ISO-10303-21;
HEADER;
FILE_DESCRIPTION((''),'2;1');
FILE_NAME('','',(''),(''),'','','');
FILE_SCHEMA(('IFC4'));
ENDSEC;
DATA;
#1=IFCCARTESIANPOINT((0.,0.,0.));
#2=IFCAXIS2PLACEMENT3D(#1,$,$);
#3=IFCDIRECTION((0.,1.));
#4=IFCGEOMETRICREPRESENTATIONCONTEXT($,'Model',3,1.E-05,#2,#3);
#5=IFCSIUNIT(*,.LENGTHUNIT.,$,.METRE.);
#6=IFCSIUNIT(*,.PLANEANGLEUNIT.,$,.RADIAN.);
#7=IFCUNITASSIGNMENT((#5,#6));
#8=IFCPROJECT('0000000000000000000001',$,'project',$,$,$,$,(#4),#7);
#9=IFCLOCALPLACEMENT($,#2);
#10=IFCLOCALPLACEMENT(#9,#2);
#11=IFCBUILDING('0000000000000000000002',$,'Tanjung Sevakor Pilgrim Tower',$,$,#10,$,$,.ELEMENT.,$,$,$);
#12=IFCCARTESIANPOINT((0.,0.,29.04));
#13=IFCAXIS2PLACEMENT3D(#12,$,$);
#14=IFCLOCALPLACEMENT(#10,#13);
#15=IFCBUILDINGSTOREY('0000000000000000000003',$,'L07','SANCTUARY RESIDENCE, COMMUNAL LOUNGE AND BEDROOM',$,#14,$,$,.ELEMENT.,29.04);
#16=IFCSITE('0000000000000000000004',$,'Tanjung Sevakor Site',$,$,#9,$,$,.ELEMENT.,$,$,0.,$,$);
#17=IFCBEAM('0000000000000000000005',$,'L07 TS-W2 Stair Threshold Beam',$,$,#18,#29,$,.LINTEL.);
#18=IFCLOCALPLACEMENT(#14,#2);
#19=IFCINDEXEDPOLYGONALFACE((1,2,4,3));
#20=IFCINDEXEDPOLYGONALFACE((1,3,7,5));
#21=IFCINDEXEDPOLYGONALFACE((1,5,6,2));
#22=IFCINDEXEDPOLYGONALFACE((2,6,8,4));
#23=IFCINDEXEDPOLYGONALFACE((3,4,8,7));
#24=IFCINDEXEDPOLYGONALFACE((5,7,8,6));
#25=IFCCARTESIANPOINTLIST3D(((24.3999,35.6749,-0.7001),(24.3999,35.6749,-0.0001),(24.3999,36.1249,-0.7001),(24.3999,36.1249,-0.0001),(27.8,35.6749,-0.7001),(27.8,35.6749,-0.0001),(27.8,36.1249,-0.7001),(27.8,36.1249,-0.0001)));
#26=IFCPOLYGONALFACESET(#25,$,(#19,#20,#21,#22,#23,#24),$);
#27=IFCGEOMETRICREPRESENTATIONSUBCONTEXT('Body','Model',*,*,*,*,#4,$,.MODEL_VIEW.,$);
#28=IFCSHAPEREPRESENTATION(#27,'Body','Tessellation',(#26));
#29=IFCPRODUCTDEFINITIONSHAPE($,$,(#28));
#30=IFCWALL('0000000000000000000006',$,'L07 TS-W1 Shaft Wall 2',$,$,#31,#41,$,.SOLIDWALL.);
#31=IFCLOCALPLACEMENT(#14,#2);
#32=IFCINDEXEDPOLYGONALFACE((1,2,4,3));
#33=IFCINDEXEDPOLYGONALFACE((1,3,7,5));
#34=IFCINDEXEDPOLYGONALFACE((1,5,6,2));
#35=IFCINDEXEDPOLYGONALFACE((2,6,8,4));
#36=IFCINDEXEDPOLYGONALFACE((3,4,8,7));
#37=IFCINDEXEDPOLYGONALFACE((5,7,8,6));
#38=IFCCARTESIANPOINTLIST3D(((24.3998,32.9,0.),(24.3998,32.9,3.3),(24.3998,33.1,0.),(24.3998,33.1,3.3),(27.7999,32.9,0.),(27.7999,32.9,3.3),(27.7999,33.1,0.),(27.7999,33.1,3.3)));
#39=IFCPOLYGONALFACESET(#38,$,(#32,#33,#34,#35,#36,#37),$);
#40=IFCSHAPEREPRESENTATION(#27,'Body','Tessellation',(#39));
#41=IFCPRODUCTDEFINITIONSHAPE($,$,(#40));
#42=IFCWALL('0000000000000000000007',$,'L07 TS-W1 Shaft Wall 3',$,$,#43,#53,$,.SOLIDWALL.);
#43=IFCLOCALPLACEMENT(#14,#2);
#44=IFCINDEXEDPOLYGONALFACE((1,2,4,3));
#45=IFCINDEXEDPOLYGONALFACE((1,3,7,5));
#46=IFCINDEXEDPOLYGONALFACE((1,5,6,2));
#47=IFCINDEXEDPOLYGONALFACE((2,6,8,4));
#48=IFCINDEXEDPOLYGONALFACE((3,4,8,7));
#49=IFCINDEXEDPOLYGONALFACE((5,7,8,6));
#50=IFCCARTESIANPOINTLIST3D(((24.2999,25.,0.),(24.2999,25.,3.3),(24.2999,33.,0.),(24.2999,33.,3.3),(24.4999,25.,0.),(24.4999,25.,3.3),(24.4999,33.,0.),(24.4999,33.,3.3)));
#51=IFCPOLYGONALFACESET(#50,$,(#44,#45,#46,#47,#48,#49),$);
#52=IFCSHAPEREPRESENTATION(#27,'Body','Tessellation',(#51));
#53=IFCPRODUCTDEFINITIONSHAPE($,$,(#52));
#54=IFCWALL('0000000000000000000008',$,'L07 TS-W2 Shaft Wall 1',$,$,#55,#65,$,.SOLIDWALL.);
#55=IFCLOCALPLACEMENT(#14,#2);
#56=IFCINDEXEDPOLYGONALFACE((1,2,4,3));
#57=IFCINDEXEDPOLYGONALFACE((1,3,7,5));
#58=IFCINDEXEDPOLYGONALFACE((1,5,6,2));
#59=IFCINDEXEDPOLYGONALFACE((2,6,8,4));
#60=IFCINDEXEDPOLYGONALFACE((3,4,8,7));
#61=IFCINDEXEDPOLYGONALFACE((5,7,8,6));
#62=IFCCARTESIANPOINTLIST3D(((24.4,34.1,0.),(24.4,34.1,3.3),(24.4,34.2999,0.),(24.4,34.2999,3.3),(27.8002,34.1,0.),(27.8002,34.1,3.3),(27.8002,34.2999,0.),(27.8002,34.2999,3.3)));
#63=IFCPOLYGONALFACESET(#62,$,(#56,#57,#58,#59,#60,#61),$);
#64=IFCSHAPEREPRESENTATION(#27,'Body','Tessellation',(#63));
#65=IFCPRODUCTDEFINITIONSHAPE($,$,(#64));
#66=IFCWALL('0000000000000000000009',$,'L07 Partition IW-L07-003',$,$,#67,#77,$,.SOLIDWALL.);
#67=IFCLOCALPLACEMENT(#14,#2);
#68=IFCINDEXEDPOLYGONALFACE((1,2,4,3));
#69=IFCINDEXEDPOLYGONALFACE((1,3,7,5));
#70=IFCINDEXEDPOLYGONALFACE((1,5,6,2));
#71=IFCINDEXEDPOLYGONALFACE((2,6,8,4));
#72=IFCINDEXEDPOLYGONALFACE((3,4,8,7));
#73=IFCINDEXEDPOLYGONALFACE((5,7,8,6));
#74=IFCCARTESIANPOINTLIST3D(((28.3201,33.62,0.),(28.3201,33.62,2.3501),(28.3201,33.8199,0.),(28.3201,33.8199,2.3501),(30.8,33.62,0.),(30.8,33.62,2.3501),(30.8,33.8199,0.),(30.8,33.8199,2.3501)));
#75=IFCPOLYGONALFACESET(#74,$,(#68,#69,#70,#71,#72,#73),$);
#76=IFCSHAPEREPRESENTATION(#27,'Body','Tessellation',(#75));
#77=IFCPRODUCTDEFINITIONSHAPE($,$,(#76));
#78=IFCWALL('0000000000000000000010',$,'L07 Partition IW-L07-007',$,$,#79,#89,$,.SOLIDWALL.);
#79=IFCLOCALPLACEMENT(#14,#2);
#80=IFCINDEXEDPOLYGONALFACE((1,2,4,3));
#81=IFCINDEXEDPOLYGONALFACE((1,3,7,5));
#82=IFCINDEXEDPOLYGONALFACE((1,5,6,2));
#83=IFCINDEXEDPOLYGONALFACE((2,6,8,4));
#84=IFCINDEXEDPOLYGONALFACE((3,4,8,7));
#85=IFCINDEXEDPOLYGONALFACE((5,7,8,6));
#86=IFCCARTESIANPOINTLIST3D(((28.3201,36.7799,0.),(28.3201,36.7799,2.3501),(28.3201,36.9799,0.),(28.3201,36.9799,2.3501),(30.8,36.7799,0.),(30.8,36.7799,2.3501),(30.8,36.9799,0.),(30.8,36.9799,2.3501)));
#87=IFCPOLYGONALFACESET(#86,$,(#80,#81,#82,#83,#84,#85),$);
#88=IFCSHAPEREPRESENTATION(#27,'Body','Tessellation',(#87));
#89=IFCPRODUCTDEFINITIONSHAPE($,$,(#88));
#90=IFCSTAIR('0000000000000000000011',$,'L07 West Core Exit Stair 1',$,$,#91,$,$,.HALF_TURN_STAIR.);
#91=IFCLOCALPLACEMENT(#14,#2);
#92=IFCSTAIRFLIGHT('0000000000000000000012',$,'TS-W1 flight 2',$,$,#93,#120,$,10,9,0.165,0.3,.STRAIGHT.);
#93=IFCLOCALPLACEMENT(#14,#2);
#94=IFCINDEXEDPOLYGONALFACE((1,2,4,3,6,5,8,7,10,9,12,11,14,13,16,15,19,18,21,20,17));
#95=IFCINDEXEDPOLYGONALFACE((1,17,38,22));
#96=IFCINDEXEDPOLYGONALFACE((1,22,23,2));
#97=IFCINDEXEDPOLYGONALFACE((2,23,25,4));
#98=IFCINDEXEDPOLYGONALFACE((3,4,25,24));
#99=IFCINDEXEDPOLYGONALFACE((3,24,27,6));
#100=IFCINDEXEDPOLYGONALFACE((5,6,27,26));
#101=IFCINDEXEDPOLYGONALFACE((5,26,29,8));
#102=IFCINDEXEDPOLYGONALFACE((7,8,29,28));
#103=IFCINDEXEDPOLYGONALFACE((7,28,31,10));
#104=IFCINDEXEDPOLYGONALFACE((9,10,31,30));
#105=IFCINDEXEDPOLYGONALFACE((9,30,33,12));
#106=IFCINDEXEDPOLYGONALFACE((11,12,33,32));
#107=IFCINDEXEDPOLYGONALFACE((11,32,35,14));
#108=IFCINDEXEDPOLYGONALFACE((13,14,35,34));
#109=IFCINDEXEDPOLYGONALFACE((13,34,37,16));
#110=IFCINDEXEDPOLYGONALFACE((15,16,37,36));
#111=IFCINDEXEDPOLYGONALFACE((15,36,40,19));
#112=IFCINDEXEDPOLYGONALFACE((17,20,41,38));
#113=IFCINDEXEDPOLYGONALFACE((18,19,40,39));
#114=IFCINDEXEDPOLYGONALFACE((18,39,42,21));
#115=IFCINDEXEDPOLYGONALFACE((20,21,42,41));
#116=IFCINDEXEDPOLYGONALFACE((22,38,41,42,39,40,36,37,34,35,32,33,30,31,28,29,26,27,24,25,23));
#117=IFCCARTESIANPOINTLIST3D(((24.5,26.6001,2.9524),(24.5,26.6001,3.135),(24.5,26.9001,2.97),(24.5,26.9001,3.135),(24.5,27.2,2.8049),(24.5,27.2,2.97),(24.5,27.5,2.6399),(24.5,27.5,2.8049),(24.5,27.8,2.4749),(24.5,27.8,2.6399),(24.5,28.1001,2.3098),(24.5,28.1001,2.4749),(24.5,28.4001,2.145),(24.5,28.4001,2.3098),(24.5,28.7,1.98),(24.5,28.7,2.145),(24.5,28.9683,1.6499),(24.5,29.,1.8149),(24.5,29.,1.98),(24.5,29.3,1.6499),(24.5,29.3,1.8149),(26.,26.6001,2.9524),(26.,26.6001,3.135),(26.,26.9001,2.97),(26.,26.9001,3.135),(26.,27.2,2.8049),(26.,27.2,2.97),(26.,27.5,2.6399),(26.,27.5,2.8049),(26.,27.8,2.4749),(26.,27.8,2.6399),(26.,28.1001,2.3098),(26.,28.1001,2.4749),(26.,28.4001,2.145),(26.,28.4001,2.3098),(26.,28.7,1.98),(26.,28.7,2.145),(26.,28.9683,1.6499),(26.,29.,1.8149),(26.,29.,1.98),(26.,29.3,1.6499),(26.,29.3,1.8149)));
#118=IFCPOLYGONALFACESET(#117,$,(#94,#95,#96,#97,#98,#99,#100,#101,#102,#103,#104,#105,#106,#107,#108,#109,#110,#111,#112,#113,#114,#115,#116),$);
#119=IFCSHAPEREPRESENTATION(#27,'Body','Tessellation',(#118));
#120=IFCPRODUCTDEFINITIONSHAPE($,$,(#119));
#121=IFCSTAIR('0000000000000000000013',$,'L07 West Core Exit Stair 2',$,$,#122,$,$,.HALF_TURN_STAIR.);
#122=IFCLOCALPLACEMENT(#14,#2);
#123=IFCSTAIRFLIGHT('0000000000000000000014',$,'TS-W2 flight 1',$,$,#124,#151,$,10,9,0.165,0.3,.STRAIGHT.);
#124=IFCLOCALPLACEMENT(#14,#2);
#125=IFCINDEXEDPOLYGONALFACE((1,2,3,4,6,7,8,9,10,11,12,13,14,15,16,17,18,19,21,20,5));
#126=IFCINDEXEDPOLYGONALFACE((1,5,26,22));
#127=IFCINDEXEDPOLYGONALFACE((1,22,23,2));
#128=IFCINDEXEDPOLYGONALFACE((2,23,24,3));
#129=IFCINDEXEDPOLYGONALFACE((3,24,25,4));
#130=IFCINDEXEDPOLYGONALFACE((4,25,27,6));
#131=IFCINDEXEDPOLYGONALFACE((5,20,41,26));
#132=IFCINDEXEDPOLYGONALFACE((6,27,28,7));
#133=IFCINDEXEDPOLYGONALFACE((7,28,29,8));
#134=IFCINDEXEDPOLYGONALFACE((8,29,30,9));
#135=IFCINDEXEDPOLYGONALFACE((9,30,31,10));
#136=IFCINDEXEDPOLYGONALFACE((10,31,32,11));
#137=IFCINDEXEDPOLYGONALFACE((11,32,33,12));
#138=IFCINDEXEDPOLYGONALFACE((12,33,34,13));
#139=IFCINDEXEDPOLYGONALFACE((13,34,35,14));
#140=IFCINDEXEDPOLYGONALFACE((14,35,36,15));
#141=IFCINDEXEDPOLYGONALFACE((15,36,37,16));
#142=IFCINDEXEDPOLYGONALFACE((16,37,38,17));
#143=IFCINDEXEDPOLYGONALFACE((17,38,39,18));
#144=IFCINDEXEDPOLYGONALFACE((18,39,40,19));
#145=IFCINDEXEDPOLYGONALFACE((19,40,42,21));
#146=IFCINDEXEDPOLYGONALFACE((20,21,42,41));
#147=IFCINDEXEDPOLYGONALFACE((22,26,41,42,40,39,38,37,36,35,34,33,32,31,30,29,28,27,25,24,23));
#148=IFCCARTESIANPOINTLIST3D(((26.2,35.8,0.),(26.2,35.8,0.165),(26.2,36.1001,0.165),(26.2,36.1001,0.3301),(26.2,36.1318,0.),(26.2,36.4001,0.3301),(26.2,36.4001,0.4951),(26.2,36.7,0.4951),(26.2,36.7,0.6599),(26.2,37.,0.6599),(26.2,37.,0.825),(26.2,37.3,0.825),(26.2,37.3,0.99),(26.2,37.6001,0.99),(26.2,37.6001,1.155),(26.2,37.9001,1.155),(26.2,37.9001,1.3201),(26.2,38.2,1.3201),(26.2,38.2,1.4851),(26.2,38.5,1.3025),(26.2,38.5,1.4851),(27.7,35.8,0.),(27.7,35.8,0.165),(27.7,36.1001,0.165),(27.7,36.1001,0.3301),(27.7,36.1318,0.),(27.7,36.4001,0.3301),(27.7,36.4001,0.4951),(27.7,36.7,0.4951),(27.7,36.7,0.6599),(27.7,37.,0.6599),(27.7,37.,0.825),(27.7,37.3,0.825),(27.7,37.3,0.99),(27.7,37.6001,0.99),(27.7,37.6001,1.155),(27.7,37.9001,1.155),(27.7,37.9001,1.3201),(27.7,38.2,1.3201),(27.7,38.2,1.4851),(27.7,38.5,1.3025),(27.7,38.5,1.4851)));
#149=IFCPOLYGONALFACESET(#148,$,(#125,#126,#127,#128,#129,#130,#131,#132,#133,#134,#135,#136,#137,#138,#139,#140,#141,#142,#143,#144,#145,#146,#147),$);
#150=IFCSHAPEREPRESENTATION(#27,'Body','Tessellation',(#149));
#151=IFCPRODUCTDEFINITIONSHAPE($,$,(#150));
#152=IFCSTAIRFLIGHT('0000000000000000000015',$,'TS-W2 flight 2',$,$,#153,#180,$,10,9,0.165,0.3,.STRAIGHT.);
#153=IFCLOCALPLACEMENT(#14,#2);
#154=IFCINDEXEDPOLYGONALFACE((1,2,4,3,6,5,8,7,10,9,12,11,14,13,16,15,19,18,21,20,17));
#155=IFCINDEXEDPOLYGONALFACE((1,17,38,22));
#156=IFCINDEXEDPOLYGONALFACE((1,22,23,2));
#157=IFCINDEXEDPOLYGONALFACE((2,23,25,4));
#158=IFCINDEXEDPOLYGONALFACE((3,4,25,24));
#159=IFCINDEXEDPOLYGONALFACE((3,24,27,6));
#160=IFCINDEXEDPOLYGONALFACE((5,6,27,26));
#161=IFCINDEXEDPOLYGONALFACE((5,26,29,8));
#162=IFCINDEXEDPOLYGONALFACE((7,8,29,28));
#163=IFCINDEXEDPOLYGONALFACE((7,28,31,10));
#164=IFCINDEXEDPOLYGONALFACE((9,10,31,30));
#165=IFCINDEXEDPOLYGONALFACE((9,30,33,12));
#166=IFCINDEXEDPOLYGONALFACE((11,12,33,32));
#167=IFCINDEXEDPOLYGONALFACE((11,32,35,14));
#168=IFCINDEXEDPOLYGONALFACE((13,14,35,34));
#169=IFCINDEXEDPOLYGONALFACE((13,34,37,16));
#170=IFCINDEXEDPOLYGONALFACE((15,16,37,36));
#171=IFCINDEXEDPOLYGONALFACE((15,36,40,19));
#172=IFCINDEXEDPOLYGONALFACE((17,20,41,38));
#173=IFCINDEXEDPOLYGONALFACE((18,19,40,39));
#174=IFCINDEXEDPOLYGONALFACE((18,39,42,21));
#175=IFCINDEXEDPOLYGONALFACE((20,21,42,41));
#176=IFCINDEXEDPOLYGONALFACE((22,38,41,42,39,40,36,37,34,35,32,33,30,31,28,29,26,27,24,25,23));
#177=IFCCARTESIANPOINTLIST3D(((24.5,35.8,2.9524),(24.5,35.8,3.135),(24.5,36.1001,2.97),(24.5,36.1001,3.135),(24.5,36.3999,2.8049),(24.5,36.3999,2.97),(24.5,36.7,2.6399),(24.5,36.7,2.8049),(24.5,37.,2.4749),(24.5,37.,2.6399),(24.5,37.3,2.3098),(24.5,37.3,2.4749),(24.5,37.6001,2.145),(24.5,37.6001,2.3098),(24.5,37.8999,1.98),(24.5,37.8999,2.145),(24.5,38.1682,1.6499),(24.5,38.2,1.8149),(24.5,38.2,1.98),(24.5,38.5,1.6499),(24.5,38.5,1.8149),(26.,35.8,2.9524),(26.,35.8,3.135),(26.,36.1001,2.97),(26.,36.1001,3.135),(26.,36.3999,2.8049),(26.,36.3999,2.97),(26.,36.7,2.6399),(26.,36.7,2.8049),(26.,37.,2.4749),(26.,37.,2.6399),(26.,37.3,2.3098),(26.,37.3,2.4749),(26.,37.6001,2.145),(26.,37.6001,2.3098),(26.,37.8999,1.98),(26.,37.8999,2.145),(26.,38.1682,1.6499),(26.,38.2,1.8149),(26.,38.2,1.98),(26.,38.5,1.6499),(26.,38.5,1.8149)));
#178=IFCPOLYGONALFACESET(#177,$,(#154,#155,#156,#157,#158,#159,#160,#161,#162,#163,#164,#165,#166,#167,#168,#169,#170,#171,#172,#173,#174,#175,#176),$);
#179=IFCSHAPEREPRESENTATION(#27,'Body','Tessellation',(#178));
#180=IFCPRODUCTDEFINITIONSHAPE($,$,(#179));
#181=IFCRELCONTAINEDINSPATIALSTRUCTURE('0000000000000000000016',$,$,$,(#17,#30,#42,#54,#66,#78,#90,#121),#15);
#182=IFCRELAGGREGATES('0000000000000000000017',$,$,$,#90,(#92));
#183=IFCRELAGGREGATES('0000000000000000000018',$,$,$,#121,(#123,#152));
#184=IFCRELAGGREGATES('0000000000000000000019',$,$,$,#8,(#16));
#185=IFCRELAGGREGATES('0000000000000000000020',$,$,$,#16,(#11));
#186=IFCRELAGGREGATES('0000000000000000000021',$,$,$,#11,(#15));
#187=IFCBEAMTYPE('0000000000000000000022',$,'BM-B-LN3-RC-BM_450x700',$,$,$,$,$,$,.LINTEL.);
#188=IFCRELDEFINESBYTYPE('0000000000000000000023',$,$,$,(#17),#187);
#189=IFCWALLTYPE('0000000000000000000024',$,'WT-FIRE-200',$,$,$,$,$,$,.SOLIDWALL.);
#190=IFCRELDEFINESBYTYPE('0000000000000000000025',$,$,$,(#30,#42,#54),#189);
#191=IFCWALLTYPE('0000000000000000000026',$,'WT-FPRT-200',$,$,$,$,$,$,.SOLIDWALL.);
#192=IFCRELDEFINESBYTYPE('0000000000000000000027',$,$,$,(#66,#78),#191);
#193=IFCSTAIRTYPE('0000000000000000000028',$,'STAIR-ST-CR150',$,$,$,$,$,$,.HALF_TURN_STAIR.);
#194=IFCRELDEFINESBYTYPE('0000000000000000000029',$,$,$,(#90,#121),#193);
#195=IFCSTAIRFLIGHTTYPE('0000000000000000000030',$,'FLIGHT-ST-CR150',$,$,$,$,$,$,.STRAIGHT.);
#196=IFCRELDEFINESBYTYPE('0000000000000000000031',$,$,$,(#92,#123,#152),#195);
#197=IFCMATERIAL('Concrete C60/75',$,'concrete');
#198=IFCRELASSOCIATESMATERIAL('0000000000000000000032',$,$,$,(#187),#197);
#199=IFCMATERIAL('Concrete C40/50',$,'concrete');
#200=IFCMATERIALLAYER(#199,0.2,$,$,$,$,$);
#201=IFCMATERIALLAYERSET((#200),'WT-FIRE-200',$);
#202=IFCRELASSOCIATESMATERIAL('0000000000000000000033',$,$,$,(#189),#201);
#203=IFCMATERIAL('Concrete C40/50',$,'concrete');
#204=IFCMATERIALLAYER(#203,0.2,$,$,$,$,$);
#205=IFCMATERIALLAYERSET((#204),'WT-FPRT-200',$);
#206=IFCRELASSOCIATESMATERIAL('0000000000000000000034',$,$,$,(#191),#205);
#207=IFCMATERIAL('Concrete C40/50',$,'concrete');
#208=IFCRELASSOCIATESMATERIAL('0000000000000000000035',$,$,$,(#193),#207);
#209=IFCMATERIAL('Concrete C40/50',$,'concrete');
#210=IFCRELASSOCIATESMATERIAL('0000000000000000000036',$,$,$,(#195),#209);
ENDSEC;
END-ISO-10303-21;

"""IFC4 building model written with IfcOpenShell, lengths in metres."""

from ifc_helpers import new_model, si_unit, direction, frame, frame_2d, origin, origin_2d, place, context, subcontext, project, spatial, polyline, rectangle, outline, extrude, material, layer, layer_set, material_profile, profile_set, type_object, element, aggregate, save


model = new_model("IFC4")

# Units and contexts
model_context = context("Model", 3, precision=1e-05, world=origin(), true_north=direction((0.0, 1.0)))
body_context = subcontext(model_context, "Body", "Model", "MODEL_VIEW")
ifc_project = project(units=[si_unit("LENGTHUNIT", "METRE"), si_unit("PLANEANGLEUNIT", "RADIAN")], contexts=[model_context])

# Site, building, storey
site_placement = place(None, origin())
site = spatial("IfcSite", under=ifc_project, at=site_placement, Name="Tanjung Sevakor Site", CompositionType="ELEMENT", RefElevation=0.0)
building_placement = place(site_placement, origin())
building = spatial("IfcBuilding", under=site, at=building_placement, Name="Tanjung Sevakor Pilgrim Tower", CompositionType="ELEMENT")
storey_placement = place(building_placement, frame((0.0, 0.0, 29.04)))
storey = spatial("IfcBuildingStorey", under=building, at=storey_placement, Name="L07", Description="SANCTUARY RESIDENCE, COMMUNAL LOUNGE AND BEDROOM", CompositionType="ELEMENT", Elevation=29.04)

# Beam
ifc_material_1 = material(Name="Concrete C60/75", Category="concrete")
ifc_material_profile = material_profile(ifc_material_1, rectangle(XDim=0.45, YDim=0.7, at=origin_2d()))
ifc_profile_set = profile_set([ifc_material_profile], Name="Concrete C60/75")
beam_type = type_object("IfcBeamType", Name="BM-B-LN3-RC-BM_450x700", PredefinedType="LINTEL", material=ifc_profile_set)
beam_placement = place(storey_placement, frame((24.3999, 35.8999, -0.3501), z_axis=(1.0, 0.0, 0.0), x_axis=(0.0, 1.0, 0.0)))
element("IfcBeam", 1, at=beam_placement, inside=storey, type_object=beam_type, Name="L07 TS-W2 Stair Threshold Beam", PredefinedType="LINTEL", context=body_context, shape_type="SweptSolid", body=[
    extrude(rectangle(XDim=0.45, YDim=0.7, at=origin_2d()), origin(), (0.0, 0.0, 1.0), 3.4001),
])

# Walls
ifc_material_2 = material(Name="Concrete C40/50", Category="concrete")
ifc_layer_1 = layer(ifc_material_2, 0.2)
ifc_layer_set_1 = layer_set([ifc_layer_1], Name="WT-FIRE-200")
wall_type_1 = type_object("IfcWallType", Name="WT-FIRE-200", PredefinedType="SOLIDWALL", material=ifc_layer_set_1)
wall_1_placement = place(storey_placement, frame((27.8, 33.0, 0.0), z_axis=(0.0, 0.0, 1.0), x_axis=(-1.0, 0.0, 0.0)))
element("IfcWall", 2, at=wall_1_placement, inside=storey, type_object=wall_type_1, Name="L07 TS-W1 Shaft Wall 2", PredefinedType="SOLIDWALL", context=body_context, shape_type="SweptSolid", body=[
    extrude(rectangle(XDim=3.4001, YDim=0.2, at=frame_2d((1.7002, 0.0))), origin(), (0.0, 0.0, 1.0), 3.3),
])
wall_2_placement = place(storey_placement, frame((24.3999, 33.0, 0.0), z_axis=(0.0, 0.0, 1.0), x_axis=(0.0, -1.0, 0.0)))
element("IfcWall", 3, at=wall_2_placement, inside=storey, type_object=wall_type_1, Name="L07 TS-W1 Shaft Wall 3", PredefinedType="SOLIDWALL", context=body_context, shape_type="SweptSolid", body=[
    extrude(rectangle(XDim=8.0, YDim=0.2, at=frame_2d((4.0, 0.0))), origin(), (0.0, 0.0, 1.0), 3.3),
])
wall_3_placement = place(storey_placement, frame((24.3999, 34.2, 0.0), z_axis=(0.0, 0.0, 1.0), x_axis=(1.0, 0.0, 0.0)))
element("IfcWall", 4, at=wall_3_placement, inside=storey, type_object=wall_type_1, Name="L07 TS-W2 Shaft Wall 1", PredefinedType="SOLIDWALL", context=body_context, shape_type="SweptSolid", body=[
    extrude(rectangle(XDim=3.4001, YDim=0.2, at=frame_2d((1.7002, 0.0))), origin(), (0.0, 0.0, 1.0), 3.3),
])
ifc_material_3 = material(Name="Concrete C40/50", Category="concrete")
ifc_layer_2 = layer(ifc_material_3, 0.2)
ifc_layer_set_2 = layer_set([ifc_layer_2], Name="WT-FPRT-200")
wall_type_2 = type_object("IfcWallType", Name="WT-FPRT-200", PredefinedType="SOLIDWALL", material=ifc_layer_set_2)
for number, where, z_axis, x_axis, name in (
    (5, (28.3201, 33.72, 0.0), (0.0, 0.0, 1.0), (1.0, 0.0, 0.0), "L07 Partition IW-L07-003"),
    (6, (28.3201, 36.8799, 0.0), (0.0, 0.0, 1.0), (1.0, 0.0, 0.0), "L07 Partition IW-L07-007"),
):
    element("IfcWall", number, at=place(storey_placement, frame(where, z_axis=z_axis, x_axis=x_axis)), inside=storey, type_object=wall_type_2, Name=name, PredefinedType="SOLIDWALL", context=body_context, shape_type="SweptSolid", body=[
        extrude(rectangle(XDim=2.48, YDim=0.2, at=frame_2d((1.24, 0.0))), origin(), (0.0, 0.0, 1.0), 2.3501),
    ])

# Stair, stair flight
ifc_material_4 = material(Name="Concrete C40/50", Category="concrete")
stair_type = type_object("IfcStairType", Name="STAIR-ST-CR150", PredefinedType="HALF_TURN_STAIR", material=ifc_material_4)
stair_1_placement = place(storey_placement, origin())
stair_1 = element("IfcStair", 7, at=stair_1_placement, inside=storey, type_object=stair_type, Name="L07 West Core Exit Stair 1", PredefinedType="HALF_TURN_STAIR")
ifc_material_5 = material(Name="Concrete C40/50", Category="concrete")
stair_flight_type = type_object("IfcStairFlightType", Name="FLIGHT-ST-CR150", PredefinedType="STRAIGHT", material=ifc_material_5)
stair_flight_1_placement = place(storey_placement, frame((25.25, 29.3, 1.6499), z_axis=(0.0, 0.0, 1.0), x_axis=(0.0, -1.0, 0.0)))
stair_flight_1 = element("IfcStairFlight", 8, at=stair_flight_1_placement, type_object=stair_flight_type, Name="TS-W1 flight 2", NumberOfRisers=10, NumberOfTreads=9, PredefinedType="STRAIGHT", RiserHeight=0.165, TreadLength=0.3, context=body_context, shape_type="SweptSolid", body=[
    extrude(outline(polyline([(0.0, 0.0), (0.0, 0.165), (0.3, 0.165), (0.3, 0.3301), (0.6001, 0.3301), (0.6001, 0.4951), (0.8999, 0.4951), (0.8999, 0.6599), (1.2, 0.6599), (1.2, 0.825), (1.5, 0.825), (1.5, 0.99), (1.8, 0.99), (1.8, 1.155), (2.1001, 1.155), (2.1001, 1.3201), (2.3999, 1.3201), (2.3999, 1.4851), (2.7, 1.4851), (2.7, 1.6499), (2.7, 1.3025), (0.3318, 0.0), (0.0, 0.0)])), frame((0.0, 0.75, 0.0), z_axis=(0.0, -1.0, 0.0), x_axis=(1.0, 0.0, 0.0)), (0.0, 0.0, 1.0), 1.5),
])
aggregate(stair_1, [stair_flight_1])

# Stair, stair flights
stair_2_placement = place(storey_placement, origin())
stair_2 = element("IfcStair", 9, at=stair_2_placement, inside=storey, type_object=stair_type, Name="L07 West Core Exit Stair 2", PredefinedType="HALF_TURN_STAIR")
stair_flight_2_placement = place(storey_placement, frame((26.95, 35.8, 0.0), z_axis=(0.0, 0.0, 1.0), x_axis=(0.0, 1.0, 0.0)))
stair_flight_2 = element("IfcStairFlight", 10, at=stair_flight_2_placement, type_object=stair_flight_type, Name="TS-W2 flight 1", NumberOfRisers=10, NumberOfTreads=9, PredefinedType="STRAIGHT", RiserHeight=0.165, TreadLength=0.3, context=body_context, shape_type="SweptSolid", body=[
    extrude(outline(polyline([(0.0, 0.0), (0.0, 0.165), (0.3, 0.165), (0.3, 0.3301), (0.6001, 0.3301), (0.6001, 0.4951), (0.8999, 0.4951), (0.8999, 0.6599), (1.2, 0.6599), (1.2, 0.825), (1.5, 0.825), (1.5, 0.99), (1.8, 0.99), (1.8, 1.155), (2.1001, 1.155), (2.1001, 1.3201), (2.3999, 1.3201), (2.3999, 1.4851), (2.7, 1.4851), (2.7, 1.6499), (2.7, 1.3025), (0.3318, 0.0), (0.0, 0.0)])), frame((0.0, 0.75, 0.0), z_axis=(0.0, -1.0, 0.0), x_axis=(1.0, 0.0, 0.0)), (0.0, 0.0, 1.0), 1.5),
])
stair_flight_3_placement = place(storey_placement, frame((25.25, 38.5, 1.6499), z_axis=(0.0, 0.0, 1.0), x_axis=(0.0, -1.0, 0.0)))
stair_flight_3 = element("IfcStairFlight", 11, at=stair_flight_3_placement, type_object=stair_flight_type, Name="TS-W2 flight 2", NumberOfRisers=10, NumberOfTreads=9, PredefinedType="STRAIGHT", RiserHeight=0.165, TreadLength=0.3, context=body_context, shape_type="SweptSolid", body=[
    extrude(outline(polyline([(0.0, 0.0), (0.0, 0.165), (0.3, 0.165), (0.3, 0.3301), (0.6001, 0.3301), (0.6001, 0.4951), (0.8999, 0.4951), (0.8999, 0.6599), (1.2, 0.6599), (1.2, 0.825), (1.5, 0.825), (1.5, 0.99), (1.8, 0.99), (1.8, 1.155), (2.1001, 1.155), (2.1001, 1.3201), (2.3999, 1.3201), (2.3999, 1.4851), (2.7, 1.4851), (2.7, 1.6499), (2.7, 1.3025), (0.3318, 0.0), (0.0, 0.0)])), frame((0.0, 0.75, 0.0), z_axis=(0.0, -1.0, 0.0), x_axis=(1.0, 0.0, 0.0)), (0.0, 0.0, 1.0), 1.5),
])
aggregate(stair_2, [stair_flight_2, stair_flight_3])

save(model, "model.ifc")
